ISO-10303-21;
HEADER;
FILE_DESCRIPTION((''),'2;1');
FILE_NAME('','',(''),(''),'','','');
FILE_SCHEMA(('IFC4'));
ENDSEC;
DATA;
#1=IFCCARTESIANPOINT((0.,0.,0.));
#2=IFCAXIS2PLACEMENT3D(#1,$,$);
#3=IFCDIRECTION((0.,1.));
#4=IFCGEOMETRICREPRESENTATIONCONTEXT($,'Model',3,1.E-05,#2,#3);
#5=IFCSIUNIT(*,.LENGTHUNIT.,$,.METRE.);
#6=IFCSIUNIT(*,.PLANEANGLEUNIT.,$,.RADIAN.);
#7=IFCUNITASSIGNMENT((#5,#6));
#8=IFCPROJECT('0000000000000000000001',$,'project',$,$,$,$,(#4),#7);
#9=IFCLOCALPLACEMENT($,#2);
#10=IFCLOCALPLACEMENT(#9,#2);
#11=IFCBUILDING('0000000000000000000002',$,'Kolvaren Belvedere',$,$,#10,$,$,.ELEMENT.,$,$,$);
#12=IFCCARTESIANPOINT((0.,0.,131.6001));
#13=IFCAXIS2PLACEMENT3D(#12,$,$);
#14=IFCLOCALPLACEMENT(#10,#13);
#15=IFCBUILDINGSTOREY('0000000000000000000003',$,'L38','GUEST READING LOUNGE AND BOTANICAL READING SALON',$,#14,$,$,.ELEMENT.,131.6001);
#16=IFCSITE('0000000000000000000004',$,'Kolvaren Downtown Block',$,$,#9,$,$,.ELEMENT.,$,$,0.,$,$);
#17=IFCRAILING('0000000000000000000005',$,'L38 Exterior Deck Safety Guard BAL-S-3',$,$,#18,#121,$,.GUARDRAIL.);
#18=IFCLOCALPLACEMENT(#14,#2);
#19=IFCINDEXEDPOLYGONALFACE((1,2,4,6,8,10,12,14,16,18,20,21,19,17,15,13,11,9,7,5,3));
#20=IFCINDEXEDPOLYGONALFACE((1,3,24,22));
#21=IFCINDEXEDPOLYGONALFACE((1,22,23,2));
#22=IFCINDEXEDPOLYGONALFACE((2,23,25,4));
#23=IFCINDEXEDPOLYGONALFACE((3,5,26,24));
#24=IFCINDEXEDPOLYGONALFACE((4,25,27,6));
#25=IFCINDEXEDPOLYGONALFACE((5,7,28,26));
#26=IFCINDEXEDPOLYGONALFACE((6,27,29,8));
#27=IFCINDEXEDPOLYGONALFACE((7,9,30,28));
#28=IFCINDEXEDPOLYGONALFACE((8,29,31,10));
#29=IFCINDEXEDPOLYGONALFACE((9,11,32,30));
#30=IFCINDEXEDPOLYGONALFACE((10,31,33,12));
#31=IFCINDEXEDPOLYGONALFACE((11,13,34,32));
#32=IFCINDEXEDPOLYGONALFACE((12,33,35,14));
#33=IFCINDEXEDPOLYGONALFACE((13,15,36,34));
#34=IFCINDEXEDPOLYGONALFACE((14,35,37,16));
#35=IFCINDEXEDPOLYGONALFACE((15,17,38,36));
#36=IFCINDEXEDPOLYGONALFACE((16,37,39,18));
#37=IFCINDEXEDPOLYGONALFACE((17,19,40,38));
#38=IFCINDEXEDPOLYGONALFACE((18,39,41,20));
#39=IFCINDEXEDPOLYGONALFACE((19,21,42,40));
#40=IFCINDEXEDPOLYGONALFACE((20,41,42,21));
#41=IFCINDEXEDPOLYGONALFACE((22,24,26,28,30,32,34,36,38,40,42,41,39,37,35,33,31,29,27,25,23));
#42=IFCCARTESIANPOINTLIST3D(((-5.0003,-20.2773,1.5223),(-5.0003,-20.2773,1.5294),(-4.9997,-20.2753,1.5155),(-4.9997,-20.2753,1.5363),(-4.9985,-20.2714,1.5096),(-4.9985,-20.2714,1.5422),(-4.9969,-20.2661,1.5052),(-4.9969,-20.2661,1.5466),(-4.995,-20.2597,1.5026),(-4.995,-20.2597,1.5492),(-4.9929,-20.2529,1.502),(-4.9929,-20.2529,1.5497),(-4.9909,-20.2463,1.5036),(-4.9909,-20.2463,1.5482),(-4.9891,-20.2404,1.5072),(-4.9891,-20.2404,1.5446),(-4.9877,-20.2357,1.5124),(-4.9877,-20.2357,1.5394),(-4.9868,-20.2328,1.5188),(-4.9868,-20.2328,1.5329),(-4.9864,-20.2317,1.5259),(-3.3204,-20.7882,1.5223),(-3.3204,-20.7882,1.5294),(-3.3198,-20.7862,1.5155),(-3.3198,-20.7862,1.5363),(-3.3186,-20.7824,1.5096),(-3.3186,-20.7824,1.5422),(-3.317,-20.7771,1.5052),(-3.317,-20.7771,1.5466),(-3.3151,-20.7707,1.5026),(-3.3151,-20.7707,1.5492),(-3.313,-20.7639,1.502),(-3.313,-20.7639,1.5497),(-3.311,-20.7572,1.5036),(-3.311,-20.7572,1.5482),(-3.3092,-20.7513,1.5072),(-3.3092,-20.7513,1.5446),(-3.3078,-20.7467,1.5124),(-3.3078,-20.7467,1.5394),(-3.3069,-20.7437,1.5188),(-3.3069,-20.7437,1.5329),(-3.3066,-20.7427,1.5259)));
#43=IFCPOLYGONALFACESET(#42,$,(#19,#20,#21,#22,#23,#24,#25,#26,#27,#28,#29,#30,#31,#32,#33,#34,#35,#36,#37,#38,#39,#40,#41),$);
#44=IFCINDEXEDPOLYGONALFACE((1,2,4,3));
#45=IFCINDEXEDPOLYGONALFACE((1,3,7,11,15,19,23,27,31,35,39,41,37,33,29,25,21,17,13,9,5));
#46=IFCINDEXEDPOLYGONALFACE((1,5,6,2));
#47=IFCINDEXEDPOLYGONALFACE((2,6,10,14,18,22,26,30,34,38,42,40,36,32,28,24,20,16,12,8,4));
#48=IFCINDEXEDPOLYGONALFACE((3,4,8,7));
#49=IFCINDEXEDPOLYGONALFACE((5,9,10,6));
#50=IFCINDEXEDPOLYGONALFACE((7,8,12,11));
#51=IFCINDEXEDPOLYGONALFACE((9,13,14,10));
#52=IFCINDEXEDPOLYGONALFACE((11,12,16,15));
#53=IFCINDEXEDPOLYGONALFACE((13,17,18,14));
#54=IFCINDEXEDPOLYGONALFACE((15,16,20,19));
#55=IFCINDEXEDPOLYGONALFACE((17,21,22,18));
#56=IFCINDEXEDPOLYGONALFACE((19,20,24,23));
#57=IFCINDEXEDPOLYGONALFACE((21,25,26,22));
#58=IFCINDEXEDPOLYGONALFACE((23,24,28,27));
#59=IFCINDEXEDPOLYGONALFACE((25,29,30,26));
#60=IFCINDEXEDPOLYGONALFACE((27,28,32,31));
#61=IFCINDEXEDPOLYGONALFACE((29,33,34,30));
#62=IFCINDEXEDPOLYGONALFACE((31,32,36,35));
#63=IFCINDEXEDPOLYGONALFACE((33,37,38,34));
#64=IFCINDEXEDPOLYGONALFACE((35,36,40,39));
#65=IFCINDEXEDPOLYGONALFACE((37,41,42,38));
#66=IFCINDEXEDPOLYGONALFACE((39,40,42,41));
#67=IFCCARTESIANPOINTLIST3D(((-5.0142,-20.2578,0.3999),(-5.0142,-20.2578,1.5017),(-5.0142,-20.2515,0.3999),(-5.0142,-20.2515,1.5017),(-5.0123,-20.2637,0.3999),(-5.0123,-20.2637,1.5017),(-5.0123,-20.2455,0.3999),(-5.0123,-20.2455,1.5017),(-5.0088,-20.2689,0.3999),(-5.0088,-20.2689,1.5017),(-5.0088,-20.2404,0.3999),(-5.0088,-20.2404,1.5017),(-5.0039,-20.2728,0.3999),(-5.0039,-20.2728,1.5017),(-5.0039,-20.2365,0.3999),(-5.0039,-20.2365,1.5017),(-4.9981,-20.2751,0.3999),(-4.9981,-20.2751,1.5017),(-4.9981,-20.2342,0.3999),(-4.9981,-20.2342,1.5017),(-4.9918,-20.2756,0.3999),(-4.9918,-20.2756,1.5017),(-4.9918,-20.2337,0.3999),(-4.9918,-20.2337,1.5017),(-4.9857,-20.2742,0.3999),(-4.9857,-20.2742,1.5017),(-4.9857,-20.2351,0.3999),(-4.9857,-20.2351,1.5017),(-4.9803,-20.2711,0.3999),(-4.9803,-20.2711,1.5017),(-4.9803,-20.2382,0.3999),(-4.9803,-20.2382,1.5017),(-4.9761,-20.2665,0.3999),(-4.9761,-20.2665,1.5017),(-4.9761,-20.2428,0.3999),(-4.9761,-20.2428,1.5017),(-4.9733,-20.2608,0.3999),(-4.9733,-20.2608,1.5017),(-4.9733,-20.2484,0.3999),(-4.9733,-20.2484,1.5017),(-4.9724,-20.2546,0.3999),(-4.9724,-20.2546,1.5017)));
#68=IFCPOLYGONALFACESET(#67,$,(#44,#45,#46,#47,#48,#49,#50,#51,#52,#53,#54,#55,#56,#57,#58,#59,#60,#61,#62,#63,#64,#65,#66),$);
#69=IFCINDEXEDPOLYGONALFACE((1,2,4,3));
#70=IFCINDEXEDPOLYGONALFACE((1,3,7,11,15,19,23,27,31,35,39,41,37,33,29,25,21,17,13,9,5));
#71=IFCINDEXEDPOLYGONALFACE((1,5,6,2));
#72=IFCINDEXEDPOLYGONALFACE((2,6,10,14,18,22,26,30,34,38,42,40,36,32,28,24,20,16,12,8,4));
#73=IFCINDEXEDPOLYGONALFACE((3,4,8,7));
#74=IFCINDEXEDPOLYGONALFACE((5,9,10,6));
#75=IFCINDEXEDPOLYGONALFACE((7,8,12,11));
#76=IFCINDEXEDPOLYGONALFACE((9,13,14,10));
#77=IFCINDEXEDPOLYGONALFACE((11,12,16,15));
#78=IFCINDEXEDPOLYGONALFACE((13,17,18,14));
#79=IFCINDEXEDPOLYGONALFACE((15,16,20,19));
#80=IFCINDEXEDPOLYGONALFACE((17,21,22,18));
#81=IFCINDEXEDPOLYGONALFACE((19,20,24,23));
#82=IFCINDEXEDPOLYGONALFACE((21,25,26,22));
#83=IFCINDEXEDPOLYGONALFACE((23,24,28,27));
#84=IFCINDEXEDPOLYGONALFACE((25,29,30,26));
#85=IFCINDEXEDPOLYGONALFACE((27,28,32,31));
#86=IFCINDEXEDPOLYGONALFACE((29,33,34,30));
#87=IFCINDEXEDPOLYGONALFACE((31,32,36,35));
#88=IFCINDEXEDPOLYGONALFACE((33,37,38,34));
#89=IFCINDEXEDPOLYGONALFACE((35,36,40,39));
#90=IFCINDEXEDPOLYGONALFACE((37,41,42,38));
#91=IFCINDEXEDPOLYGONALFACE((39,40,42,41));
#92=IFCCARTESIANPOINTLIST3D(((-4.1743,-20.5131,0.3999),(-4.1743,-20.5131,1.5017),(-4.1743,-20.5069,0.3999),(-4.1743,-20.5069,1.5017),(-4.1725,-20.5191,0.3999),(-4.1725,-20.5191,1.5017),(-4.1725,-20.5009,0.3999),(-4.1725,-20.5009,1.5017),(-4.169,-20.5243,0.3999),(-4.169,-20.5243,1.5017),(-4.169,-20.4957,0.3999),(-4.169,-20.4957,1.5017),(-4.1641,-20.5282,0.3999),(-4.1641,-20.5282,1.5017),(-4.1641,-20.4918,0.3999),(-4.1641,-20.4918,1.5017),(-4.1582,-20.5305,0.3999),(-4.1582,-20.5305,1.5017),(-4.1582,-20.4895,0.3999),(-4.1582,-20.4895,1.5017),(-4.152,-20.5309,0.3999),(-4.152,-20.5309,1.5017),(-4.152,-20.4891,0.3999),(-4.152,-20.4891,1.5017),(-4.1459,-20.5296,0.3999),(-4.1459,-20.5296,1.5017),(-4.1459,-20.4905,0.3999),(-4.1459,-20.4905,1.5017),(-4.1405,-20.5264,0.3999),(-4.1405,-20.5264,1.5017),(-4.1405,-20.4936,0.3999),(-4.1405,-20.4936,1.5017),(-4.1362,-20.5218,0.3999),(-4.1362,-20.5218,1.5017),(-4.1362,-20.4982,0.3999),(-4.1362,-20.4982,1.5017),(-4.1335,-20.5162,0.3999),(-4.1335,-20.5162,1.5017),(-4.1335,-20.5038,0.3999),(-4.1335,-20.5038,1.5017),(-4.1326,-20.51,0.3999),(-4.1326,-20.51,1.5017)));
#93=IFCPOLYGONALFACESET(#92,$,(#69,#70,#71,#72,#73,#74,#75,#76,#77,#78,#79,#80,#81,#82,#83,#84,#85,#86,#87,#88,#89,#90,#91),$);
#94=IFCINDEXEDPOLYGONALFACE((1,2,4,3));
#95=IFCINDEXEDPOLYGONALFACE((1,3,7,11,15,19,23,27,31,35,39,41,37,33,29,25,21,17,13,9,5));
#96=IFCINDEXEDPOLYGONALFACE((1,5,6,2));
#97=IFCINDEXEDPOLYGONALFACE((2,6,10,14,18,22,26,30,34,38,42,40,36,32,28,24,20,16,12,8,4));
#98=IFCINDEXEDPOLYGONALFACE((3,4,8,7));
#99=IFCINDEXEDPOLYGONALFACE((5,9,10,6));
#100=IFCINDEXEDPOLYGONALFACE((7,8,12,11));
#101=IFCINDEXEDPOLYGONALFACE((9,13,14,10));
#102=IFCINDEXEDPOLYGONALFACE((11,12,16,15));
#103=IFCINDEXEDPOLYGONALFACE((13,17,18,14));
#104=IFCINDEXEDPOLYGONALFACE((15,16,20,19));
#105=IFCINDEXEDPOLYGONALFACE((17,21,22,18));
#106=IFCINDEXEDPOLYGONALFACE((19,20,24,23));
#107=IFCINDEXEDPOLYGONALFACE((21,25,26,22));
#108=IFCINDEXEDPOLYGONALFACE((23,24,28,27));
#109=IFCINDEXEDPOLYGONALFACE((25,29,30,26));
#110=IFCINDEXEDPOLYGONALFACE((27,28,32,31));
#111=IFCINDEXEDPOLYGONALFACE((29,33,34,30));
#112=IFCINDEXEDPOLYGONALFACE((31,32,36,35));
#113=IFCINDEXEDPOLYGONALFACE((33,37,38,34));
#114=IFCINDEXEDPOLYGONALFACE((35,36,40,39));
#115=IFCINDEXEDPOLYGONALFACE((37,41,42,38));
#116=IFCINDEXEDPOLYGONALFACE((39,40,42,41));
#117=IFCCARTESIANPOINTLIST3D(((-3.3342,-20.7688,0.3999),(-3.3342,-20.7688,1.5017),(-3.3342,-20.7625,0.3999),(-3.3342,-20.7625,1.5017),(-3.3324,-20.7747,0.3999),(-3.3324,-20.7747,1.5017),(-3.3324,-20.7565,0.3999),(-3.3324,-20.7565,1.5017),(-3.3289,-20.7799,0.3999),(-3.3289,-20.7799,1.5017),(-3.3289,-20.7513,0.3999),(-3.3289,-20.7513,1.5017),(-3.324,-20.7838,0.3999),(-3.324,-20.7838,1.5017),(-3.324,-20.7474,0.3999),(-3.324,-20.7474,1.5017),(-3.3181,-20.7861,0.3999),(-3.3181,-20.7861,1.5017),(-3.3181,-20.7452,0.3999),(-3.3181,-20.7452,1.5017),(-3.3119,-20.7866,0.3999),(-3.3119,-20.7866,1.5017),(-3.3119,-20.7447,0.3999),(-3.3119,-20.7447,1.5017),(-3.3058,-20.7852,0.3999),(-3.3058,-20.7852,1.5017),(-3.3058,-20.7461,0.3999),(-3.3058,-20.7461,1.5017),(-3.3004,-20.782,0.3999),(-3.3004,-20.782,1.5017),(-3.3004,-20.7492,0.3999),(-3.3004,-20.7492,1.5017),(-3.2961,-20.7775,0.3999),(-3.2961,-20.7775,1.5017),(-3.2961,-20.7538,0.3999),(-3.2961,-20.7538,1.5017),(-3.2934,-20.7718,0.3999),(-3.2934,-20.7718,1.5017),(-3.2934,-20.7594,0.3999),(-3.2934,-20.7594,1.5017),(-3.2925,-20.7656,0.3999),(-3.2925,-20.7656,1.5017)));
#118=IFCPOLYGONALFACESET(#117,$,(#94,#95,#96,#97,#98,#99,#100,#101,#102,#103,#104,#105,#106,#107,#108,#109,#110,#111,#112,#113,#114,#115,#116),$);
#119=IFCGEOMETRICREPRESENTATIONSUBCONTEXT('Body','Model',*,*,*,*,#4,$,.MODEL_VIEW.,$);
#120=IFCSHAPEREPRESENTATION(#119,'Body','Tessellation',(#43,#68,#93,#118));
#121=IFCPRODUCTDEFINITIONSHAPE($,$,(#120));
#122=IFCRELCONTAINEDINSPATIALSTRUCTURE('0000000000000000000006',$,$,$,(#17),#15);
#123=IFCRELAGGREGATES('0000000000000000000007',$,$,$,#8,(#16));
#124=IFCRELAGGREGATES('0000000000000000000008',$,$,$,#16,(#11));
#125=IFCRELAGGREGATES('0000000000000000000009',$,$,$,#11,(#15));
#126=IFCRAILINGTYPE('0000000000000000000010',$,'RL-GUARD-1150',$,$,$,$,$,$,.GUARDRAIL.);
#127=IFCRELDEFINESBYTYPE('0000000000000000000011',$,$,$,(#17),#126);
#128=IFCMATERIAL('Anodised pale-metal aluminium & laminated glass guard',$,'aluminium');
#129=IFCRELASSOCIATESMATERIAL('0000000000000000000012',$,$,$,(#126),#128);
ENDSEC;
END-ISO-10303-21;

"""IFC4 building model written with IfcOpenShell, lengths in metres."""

from ifc_helpers import new_model, si_unit, direction, frame, origin, origin_2d, place, context, subcontext, project, spatial, circle, extrude, material, type_object, element, save


model = new_model("IFC4")

# Units and contexts
model_context = context("Model", 3, precision=1e-05, world=origin(), true_north=direction((0.0, 1.0)))
body_context = subcontext(model_context, "Body", "Model", "MODEL_VIEW")
ifc_project = project(units=[si_unit("LENGTHUNIT", "METRE"), si_unit("PLANEANGLEUNIT", "RADIAN")], contexts=[model_context])

# Site, building, storey
site_placement = place(None, origin())
site = spatial("IfcSite", under=ifc_project, at=site_placement, Name="Kolvaren Downtown Block", CompositionType="ELEMENT", RefElevation=0.0)
building_placement = place(site_placement, origin())
building = spatial("IfcBuilding", under=site, at=building_placement, Name="Kolvaren Belvedere", CompositionType="ELEMENT")
storey_placement = place(building_placement, frame((0.0, 0.0, 131.6001)))
storey = spatial("IfcBuildingStorey", under=building, at=storey_placement, Name="L38", Description="GUEST READING LOUNGE AND BOTANICAL READING SALON", CompositionType="ELEMENT", Elevation=131.6001)

# Railing
ifc_material_1 = material(Name="Anodised pale-metal aluminium & laminated glass guard", Category="aluminium")
railing_type = type_object("IfcRailingType", Name="RL-GUARD-1150", PredefinedType="GUARDRAIL", material=ifc_material_1)
railing_1_placement = place(storey_placement, frame((-4.9934, -20.2546, 0.3999)))
element("IfcRailing", 1, at=railing_1_placement, inside=storey, type_object=railing_type, Name="L38 Exterior Deck Safety Guard BAL-S-3", PredefinedType="GUARDRAIL", context=body_context, shape_type="SweptSolid", body=[
    extrude(circle(Radius=0.0239, at=origin_2d()), frame((0.0, 0.0, 1.126), z_axis=(0.956721, -0.291007, 0.0), x_axis=(0.291007, 0.956721, 0.0)), (0.0, 0.0, 1.0), 1.7559),
    extrude(circle(Radius=0.021, at=origin_2d()), origin(), (0.0, 0.0, 1.0), 1.1018),
    extrude(circle(Radius=0.021, at=origin_2d()), frame((0.8398, -0.2554, 0.0)), (0.0, 0.0, 1.0), 1.1018),
    extrude(circle(Radius=0.021, at=origin_2d()), frame((1.6799, -0.511, 0.0)), (0.0, 0.0, 1.0), 1.1018),
])

save(model, "model.ifc")
